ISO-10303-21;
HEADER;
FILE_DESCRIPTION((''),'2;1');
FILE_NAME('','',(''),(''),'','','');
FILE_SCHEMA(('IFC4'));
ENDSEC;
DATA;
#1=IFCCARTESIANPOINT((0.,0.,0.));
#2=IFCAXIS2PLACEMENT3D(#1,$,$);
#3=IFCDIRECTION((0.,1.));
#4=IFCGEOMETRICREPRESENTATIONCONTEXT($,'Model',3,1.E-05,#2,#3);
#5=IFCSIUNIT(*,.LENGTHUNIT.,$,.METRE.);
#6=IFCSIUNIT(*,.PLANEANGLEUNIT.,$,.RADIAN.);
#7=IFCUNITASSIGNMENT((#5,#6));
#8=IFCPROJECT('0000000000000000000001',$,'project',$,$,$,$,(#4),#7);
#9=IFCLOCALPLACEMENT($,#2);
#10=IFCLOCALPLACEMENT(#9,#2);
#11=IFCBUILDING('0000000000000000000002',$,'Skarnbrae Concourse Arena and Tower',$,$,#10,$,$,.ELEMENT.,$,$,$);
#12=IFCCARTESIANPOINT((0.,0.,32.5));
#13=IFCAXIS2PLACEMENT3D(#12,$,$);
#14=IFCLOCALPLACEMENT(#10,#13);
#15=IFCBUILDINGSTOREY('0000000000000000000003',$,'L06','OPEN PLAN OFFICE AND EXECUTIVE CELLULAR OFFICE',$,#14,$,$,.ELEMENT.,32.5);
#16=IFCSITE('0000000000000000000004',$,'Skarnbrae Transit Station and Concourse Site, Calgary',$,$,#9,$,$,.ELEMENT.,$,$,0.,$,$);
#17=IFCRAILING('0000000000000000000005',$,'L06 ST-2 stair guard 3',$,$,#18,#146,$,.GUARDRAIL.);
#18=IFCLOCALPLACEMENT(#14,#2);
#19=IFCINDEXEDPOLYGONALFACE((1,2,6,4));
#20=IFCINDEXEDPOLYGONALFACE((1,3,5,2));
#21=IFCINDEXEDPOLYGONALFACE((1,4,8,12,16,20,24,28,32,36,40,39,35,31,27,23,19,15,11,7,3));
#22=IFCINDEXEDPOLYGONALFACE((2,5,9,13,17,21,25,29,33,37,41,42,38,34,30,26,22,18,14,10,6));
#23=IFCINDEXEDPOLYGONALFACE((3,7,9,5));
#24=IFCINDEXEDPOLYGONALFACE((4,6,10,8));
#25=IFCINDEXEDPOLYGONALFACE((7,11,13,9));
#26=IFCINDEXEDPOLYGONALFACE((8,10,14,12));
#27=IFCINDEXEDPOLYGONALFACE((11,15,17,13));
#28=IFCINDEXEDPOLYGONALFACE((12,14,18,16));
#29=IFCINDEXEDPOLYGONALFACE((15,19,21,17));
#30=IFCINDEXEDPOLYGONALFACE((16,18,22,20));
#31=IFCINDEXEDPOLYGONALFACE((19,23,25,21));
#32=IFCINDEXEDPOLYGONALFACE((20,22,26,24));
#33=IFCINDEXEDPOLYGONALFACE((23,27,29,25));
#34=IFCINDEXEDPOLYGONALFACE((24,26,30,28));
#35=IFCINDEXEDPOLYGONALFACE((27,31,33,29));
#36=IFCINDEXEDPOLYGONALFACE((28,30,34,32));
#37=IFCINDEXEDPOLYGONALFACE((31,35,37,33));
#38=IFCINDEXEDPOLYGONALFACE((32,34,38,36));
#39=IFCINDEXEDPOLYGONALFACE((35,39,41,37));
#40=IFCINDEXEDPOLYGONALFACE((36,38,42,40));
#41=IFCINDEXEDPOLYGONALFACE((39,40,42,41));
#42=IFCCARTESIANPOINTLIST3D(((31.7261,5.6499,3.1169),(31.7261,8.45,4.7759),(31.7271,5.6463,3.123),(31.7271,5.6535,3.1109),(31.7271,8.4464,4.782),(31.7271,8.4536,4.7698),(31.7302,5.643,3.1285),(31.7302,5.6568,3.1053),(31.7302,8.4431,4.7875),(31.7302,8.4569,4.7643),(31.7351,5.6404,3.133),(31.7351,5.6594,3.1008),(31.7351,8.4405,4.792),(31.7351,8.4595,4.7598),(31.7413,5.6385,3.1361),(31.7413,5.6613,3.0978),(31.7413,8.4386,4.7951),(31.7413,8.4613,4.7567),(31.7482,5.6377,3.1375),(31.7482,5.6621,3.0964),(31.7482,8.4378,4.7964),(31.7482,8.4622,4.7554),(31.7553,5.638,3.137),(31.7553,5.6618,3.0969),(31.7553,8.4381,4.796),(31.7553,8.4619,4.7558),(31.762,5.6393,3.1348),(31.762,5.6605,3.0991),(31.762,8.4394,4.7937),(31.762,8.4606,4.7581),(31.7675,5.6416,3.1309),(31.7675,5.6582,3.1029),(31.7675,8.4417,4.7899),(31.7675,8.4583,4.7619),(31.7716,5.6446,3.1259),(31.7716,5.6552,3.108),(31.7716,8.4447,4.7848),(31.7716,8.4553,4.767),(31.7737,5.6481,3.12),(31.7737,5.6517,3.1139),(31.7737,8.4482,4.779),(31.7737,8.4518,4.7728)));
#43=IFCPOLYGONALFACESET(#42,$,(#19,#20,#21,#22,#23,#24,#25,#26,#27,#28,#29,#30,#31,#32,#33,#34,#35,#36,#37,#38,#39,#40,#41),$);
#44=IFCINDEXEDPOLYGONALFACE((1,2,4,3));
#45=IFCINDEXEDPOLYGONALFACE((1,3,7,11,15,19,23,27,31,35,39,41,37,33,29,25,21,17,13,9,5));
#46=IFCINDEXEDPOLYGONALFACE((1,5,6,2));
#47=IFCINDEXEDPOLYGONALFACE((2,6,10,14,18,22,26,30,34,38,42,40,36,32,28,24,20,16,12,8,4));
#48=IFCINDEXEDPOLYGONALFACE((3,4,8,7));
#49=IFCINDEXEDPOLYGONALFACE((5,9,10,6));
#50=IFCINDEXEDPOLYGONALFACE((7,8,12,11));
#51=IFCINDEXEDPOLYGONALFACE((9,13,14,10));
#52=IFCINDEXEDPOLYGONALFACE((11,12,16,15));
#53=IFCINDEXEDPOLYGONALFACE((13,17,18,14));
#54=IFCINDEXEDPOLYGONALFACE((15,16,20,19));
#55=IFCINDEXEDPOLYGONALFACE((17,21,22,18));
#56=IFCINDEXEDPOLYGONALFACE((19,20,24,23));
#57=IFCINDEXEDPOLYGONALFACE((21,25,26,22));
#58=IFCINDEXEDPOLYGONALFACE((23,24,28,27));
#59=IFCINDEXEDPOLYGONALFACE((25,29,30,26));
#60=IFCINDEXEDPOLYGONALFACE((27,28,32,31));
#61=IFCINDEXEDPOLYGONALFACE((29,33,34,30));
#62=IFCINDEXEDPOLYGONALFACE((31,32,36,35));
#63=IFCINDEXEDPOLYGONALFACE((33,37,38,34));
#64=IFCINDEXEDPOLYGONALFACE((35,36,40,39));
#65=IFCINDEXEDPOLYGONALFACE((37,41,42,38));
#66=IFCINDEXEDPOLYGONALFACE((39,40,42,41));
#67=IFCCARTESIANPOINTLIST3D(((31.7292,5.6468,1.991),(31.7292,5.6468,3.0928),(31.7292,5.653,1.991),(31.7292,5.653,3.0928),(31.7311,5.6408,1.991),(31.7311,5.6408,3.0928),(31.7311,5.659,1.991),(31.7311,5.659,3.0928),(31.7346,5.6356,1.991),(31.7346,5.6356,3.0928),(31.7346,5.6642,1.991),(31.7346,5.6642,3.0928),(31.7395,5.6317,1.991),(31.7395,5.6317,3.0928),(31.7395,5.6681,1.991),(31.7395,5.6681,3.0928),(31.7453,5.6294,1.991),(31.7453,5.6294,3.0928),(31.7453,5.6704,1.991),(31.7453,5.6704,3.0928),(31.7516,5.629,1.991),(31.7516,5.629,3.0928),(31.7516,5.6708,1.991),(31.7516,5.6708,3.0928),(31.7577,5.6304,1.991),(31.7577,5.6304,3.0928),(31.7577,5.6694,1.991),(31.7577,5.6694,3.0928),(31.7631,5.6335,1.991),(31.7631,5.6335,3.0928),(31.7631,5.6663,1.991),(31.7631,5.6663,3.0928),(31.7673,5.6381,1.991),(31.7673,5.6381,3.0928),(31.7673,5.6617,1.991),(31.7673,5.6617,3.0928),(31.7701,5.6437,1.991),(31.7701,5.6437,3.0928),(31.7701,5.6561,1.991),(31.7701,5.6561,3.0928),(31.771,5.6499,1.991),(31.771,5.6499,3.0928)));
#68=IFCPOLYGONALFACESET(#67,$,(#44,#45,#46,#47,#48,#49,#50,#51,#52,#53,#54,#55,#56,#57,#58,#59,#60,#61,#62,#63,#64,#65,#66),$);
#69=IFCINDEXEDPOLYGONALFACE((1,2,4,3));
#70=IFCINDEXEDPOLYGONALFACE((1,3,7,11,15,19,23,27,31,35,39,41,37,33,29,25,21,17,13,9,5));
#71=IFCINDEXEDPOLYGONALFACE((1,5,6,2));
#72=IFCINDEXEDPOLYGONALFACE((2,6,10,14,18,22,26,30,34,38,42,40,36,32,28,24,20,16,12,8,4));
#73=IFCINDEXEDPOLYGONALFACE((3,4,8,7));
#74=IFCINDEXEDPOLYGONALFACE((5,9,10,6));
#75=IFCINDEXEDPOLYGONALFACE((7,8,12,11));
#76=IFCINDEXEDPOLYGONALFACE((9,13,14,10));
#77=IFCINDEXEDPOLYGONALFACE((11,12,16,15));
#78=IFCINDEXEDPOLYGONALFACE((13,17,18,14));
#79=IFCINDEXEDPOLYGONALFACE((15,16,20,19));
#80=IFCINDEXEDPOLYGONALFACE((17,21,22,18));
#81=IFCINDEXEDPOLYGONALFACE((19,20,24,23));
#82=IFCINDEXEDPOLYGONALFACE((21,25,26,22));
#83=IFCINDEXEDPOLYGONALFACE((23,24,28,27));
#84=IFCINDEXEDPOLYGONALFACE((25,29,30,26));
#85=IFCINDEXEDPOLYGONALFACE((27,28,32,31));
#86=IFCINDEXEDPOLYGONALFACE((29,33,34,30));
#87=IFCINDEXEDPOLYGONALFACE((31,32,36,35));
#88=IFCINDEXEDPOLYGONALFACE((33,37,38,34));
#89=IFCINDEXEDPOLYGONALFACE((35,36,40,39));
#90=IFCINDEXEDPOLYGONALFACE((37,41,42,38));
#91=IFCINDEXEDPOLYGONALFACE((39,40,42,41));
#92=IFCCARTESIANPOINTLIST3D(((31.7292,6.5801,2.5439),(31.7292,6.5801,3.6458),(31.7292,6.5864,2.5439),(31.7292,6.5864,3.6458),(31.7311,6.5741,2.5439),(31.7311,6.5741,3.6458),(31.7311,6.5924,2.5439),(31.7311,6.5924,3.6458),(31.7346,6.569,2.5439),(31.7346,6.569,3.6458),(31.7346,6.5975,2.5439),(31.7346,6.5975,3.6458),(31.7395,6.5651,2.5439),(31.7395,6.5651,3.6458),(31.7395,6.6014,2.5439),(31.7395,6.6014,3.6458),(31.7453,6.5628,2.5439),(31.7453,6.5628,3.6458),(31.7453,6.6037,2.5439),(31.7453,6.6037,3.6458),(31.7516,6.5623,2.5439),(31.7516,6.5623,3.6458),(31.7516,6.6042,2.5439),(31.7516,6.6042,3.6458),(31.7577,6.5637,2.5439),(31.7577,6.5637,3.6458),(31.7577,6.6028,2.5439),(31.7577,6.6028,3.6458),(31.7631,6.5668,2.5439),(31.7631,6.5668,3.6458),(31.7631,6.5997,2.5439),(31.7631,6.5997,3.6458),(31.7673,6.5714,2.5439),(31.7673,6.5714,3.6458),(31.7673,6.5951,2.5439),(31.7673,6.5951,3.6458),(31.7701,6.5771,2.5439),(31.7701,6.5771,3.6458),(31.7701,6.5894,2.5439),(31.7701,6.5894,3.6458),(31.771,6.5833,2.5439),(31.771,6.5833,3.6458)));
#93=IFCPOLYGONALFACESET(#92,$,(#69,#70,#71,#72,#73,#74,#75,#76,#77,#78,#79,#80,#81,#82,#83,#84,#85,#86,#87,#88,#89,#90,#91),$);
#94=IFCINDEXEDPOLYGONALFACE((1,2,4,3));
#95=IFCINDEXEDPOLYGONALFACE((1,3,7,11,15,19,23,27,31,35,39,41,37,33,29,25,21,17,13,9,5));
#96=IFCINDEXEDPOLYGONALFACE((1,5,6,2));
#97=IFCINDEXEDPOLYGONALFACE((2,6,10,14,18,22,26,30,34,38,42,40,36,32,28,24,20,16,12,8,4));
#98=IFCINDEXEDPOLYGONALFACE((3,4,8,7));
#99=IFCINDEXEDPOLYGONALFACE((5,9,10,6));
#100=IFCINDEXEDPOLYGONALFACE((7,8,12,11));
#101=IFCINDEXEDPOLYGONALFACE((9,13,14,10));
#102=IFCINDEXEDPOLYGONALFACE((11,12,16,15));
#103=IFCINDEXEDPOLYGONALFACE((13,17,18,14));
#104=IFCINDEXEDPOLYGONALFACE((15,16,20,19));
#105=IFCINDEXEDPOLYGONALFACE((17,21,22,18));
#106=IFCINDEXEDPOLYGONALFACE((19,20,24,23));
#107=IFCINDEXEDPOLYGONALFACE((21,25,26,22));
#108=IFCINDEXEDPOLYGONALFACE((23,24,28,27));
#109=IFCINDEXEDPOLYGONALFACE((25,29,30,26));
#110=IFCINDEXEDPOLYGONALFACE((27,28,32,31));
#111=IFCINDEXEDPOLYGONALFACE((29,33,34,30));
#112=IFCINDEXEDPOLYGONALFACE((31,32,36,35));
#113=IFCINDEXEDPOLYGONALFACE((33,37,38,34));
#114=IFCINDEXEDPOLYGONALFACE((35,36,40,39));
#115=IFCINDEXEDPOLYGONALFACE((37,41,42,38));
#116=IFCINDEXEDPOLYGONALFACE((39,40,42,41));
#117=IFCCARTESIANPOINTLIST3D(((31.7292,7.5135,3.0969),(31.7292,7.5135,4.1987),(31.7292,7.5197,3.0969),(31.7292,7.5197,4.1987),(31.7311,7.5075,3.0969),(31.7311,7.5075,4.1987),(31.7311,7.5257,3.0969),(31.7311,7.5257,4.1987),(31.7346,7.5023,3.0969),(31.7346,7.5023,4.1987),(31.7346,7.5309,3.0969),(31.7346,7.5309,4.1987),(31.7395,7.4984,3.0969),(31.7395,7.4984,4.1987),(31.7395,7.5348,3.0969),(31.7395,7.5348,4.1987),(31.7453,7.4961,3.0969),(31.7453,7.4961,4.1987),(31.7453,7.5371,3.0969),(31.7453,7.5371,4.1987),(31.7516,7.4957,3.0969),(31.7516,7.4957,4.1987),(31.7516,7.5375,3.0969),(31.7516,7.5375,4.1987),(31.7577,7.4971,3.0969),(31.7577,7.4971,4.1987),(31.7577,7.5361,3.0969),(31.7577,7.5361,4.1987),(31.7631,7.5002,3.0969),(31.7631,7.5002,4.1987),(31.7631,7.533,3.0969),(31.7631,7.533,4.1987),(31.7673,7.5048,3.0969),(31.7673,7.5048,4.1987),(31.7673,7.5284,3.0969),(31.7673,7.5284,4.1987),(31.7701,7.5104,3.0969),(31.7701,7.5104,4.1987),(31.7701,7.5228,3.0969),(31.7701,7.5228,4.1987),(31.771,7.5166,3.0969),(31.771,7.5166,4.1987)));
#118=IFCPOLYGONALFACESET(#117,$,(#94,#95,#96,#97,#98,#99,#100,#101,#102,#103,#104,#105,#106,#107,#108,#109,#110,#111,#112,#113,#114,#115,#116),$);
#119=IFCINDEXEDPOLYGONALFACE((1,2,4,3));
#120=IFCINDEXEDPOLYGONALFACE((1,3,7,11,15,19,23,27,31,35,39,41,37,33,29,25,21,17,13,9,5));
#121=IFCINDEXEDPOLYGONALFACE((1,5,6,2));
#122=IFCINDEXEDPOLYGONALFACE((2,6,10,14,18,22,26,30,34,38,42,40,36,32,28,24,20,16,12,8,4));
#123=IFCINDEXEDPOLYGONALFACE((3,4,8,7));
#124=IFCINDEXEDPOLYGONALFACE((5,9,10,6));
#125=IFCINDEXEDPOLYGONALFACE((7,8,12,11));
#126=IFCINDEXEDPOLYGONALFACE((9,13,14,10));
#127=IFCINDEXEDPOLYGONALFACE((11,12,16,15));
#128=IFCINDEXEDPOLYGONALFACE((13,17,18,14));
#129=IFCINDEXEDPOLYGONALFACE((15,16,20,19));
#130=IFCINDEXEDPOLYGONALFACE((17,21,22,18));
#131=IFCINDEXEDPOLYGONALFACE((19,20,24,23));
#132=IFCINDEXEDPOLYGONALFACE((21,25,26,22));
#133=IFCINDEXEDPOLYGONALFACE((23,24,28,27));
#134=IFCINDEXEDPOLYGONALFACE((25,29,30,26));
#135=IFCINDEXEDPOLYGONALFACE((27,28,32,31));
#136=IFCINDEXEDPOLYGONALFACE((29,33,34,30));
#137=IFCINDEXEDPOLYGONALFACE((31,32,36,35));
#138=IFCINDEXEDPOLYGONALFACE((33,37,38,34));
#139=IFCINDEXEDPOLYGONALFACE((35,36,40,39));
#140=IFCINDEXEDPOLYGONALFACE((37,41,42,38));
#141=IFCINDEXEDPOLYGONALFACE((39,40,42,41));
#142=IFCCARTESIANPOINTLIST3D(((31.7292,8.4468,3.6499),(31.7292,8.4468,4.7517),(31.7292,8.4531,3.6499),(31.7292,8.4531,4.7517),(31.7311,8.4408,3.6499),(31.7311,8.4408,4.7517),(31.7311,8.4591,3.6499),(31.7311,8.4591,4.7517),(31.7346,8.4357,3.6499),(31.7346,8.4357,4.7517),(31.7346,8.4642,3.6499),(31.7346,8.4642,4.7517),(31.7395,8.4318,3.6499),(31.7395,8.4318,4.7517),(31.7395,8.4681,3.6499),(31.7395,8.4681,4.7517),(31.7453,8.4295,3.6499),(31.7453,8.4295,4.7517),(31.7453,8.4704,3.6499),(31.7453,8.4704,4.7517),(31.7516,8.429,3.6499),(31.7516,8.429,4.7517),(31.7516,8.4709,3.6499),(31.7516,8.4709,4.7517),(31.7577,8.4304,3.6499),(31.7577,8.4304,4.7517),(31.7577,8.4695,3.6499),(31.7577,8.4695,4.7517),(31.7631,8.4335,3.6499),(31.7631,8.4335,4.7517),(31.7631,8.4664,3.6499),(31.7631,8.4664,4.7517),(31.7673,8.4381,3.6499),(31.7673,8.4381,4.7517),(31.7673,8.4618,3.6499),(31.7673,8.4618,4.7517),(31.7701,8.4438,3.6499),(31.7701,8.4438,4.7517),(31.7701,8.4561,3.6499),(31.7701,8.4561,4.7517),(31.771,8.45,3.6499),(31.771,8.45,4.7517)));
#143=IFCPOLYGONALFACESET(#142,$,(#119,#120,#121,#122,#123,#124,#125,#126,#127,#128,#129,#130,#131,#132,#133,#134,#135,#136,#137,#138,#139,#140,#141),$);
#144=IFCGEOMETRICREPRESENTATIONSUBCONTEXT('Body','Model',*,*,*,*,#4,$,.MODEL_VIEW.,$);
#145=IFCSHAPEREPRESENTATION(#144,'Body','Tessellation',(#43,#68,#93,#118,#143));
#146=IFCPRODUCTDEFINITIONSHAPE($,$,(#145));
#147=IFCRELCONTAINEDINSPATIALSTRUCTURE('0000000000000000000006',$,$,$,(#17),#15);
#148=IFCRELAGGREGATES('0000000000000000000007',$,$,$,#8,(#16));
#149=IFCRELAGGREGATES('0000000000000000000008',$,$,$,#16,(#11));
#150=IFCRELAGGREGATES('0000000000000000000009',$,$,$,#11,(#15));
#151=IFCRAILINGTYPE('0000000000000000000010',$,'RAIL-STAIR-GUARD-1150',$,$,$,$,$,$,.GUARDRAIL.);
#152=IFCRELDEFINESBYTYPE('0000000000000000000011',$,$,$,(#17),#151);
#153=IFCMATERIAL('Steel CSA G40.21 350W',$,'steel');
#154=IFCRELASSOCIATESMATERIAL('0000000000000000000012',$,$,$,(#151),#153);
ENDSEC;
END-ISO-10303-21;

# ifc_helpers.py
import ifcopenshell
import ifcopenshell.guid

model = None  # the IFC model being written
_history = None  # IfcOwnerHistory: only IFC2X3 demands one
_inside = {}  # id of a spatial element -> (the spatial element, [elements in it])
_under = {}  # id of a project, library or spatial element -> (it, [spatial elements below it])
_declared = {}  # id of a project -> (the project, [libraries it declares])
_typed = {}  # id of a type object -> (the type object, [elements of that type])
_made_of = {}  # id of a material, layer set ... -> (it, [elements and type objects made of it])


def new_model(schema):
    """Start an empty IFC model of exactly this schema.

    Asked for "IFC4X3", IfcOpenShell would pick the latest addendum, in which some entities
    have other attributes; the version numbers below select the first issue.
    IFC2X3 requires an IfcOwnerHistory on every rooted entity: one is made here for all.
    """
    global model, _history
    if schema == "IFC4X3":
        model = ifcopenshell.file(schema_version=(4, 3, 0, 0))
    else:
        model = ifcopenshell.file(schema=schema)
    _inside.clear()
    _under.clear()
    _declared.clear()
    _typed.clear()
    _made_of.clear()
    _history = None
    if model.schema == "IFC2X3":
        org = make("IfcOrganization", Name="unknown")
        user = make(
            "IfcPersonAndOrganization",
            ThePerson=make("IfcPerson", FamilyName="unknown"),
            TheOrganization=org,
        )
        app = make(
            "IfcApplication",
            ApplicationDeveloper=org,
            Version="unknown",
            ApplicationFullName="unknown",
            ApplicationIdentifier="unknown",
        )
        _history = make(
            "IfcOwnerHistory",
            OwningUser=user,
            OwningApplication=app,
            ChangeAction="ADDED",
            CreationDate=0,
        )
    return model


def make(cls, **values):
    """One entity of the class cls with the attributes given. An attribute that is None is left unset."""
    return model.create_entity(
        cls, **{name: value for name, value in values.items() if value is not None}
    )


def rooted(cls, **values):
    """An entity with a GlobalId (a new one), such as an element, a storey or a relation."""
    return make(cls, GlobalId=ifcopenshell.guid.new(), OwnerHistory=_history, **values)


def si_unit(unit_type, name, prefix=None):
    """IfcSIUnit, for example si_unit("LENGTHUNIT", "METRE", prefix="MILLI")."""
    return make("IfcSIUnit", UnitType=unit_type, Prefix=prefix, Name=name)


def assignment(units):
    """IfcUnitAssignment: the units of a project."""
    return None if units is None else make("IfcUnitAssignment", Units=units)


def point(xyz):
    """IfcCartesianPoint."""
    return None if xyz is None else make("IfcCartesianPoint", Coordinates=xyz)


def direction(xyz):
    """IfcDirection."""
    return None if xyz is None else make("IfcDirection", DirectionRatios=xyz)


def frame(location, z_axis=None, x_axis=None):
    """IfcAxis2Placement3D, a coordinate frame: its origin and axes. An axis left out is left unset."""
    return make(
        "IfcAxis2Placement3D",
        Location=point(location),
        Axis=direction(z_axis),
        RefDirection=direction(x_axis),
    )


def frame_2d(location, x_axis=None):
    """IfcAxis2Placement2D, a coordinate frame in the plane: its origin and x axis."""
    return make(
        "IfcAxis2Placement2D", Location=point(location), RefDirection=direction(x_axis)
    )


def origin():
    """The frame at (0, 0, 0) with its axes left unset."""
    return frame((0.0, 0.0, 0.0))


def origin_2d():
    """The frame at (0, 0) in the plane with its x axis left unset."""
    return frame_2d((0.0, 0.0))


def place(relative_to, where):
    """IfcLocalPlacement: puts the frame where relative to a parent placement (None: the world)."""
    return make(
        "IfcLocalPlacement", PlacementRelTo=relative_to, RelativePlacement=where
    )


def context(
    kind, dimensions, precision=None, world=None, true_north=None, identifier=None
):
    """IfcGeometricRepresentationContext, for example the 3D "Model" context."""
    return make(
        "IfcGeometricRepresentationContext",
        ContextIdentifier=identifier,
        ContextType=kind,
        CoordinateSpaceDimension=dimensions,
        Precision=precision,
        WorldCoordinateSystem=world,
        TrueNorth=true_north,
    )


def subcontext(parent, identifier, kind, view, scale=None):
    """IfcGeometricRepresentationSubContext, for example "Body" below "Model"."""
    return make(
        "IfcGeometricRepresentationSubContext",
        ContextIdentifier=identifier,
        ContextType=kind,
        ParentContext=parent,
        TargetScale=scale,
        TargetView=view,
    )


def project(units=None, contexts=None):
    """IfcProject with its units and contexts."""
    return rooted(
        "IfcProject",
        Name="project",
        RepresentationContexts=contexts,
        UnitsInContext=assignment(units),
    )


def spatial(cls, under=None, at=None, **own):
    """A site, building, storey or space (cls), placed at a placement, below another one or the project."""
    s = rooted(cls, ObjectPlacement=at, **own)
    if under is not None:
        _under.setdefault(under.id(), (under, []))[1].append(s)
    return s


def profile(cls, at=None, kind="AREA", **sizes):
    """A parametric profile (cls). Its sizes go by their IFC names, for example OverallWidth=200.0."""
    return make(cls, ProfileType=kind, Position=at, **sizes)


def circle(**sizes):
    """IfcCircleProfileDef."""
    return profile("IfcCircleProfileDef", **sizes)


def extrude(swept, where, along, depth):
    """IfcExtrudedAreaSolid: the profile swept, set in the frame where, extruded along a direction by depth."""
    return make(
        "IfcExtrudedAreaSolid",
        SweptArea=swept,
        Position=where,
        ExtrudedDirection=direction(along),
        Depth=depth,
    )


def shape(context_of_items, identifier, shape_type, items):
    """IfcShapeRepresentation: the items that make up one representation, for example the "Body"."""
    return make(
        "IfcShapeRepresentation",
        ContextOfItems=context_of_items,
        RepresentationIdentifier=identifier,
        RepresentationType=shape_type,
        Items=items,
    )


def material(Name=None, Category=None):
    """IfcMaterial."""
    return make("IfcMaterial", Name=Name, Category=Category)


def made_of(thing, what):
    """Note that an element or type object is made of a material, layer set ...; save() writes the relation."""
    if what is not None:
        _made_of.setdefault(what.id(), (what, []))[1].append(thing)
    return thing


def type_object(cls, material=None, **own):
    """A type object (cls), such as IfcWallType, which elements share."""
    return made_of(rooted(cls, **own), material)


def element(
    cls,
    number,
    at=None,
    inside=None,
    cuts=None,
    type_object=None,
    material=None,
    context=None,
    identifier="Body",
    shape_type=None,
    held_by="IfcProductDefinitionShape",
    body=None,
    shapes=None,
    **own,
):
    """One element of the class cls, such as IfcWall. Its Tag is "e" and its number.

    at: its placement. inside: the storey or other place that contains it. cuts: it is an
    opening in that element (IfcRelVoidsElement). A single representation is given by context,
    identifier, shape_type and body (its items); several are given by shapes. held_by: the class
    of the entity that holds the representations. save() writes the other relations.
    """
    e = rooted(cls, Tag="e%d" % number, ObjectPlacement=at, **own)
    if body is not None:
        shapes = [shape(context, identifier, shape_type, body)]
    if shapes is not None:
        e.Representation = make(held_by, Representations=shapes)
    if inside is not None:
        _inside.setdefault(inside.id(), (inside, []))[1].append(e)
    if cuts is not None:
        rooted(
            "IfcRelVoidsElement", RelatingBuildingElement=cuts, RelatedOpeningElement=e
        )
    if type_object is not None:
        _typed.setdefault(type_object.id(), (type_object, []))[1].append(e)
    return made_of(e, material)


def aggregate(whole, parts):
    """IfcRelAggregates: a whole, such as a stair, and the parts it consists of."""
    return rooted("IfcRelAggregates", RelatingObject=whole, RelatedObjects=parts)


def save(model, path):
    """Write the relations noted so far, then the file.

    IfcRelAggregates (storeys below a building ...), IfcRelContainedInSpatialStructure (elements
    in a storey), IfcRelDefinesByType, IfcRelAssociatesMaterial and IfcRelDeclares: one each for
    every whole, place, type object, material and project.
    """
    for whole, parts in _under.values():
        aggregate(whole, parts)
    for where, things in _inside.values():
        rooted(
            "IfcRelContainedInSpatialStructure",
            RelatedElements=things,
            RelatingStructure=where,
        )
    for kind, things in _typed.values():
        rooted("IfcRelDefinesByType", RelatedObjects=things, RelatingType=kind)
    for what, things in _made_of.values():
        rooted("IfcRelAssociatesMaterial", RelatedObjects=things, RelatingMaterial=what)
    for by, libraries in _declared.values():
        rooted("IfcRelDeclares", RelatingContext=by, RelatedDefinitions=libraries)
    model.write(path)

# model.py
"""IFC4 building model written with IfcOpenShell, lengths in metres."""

from ifc_helpers import new_model, si_unit, direction, frame, origin, origin_2d, place, context, subcontext, project, spatial, circle, extrude, material, type_object, element, save


model = new_model("IFC4")

# Units and contexts
model_context = context("Model", 3, precision=1e-05, world=origin(), true_north=direction((0.0, 1.0)))
body_context = subcontext(model_context, "Body", "Model", "MODEL_VIEW")
ifc_project = project(units=[si_unit("LENGTHUNIT", "METRE"), si_unit("PLANEANGLEUNIT", "RADIAN")], contexts=[model_context])

# Site, building, storey
site_placement = place(None, origin())
site = spatial("IfcSite", under=ifc_project, at=site_placement, Name="Skarnbrae Transit Station and Concourse Site, Calgary", CompositionType="ELEMENT", RefElevation=0.0)
building_placement = place(site_placement, origin())
building = spatial("IfcBuilding", under=site, at=building_placement, Name="Skarnbrae Concourse Arena and Tower", CompositionType="ELEMENT")
storey_placement = place(building_placement, frame((0.0, 0.0, 32.5)))
storey = spatial("IfcBuildingStorey", under=building, at=storey_placement, Name="L06", Description="OPEN PLAN OFFICE AND EXECUTIVE CELLULAR OFFICE", CompositionType="ELEMENT", Elevation=32.5)

# Shared definitions
ifc_material_1 = material(Name="Steel CSA G40.21 350W", Category="steel")

# Railing
railing_type_1 = type_object("IfcRailingType", Name="RAIL-STAIR-GUARD-1150", PredefinedType="GUARDRAIL", material=ifc_material_1)
railing_1_placement = place(storey_placement, frame((31.75, 5.6499, 1.991)))
element("IfcRailing", 1, at=railing_1_placement, inside=storey, type_object=railing_type_1, Name="L06 ST-2 stair guard 3", PredefinedType="GUARDRAIL", context=body_context, shape_type="SweptSolid", body=[
    extrude(circle(Radius=0.0239, at=origin_2d()), frame((0.0, 0.0, 1.126), z_axis=(0.0, 0.860339, 0.509722), x_axis=(-1.0, 0.0, 0.0)), (0.0, 0.0, 1.0), 3.2546),
    extrude(circle(Radius=0.021, at=origin_2d()), origin(), (0.0, 0.0, 1.0), 1.1018),
    extrude(circle(Radius=0.021, at=origin_2d()), frame((0.0, 0.9333, 0.553)), (0.0, 0.0, 1.0), 1.1018),
    extrude(circle(Radius=0.021, at=origin_2d()), frame((0.0, 1.8667, 1.106)), (0.0, 0.0, 1.0), 1.1018),
    extrude(circle(Radius=0.021, at=origin_2d()), frame((0.0, 2.8, 1.6589)), (0.0, 0.0, 1.0), 1.1018),
])

save(model, "model.ifc")
